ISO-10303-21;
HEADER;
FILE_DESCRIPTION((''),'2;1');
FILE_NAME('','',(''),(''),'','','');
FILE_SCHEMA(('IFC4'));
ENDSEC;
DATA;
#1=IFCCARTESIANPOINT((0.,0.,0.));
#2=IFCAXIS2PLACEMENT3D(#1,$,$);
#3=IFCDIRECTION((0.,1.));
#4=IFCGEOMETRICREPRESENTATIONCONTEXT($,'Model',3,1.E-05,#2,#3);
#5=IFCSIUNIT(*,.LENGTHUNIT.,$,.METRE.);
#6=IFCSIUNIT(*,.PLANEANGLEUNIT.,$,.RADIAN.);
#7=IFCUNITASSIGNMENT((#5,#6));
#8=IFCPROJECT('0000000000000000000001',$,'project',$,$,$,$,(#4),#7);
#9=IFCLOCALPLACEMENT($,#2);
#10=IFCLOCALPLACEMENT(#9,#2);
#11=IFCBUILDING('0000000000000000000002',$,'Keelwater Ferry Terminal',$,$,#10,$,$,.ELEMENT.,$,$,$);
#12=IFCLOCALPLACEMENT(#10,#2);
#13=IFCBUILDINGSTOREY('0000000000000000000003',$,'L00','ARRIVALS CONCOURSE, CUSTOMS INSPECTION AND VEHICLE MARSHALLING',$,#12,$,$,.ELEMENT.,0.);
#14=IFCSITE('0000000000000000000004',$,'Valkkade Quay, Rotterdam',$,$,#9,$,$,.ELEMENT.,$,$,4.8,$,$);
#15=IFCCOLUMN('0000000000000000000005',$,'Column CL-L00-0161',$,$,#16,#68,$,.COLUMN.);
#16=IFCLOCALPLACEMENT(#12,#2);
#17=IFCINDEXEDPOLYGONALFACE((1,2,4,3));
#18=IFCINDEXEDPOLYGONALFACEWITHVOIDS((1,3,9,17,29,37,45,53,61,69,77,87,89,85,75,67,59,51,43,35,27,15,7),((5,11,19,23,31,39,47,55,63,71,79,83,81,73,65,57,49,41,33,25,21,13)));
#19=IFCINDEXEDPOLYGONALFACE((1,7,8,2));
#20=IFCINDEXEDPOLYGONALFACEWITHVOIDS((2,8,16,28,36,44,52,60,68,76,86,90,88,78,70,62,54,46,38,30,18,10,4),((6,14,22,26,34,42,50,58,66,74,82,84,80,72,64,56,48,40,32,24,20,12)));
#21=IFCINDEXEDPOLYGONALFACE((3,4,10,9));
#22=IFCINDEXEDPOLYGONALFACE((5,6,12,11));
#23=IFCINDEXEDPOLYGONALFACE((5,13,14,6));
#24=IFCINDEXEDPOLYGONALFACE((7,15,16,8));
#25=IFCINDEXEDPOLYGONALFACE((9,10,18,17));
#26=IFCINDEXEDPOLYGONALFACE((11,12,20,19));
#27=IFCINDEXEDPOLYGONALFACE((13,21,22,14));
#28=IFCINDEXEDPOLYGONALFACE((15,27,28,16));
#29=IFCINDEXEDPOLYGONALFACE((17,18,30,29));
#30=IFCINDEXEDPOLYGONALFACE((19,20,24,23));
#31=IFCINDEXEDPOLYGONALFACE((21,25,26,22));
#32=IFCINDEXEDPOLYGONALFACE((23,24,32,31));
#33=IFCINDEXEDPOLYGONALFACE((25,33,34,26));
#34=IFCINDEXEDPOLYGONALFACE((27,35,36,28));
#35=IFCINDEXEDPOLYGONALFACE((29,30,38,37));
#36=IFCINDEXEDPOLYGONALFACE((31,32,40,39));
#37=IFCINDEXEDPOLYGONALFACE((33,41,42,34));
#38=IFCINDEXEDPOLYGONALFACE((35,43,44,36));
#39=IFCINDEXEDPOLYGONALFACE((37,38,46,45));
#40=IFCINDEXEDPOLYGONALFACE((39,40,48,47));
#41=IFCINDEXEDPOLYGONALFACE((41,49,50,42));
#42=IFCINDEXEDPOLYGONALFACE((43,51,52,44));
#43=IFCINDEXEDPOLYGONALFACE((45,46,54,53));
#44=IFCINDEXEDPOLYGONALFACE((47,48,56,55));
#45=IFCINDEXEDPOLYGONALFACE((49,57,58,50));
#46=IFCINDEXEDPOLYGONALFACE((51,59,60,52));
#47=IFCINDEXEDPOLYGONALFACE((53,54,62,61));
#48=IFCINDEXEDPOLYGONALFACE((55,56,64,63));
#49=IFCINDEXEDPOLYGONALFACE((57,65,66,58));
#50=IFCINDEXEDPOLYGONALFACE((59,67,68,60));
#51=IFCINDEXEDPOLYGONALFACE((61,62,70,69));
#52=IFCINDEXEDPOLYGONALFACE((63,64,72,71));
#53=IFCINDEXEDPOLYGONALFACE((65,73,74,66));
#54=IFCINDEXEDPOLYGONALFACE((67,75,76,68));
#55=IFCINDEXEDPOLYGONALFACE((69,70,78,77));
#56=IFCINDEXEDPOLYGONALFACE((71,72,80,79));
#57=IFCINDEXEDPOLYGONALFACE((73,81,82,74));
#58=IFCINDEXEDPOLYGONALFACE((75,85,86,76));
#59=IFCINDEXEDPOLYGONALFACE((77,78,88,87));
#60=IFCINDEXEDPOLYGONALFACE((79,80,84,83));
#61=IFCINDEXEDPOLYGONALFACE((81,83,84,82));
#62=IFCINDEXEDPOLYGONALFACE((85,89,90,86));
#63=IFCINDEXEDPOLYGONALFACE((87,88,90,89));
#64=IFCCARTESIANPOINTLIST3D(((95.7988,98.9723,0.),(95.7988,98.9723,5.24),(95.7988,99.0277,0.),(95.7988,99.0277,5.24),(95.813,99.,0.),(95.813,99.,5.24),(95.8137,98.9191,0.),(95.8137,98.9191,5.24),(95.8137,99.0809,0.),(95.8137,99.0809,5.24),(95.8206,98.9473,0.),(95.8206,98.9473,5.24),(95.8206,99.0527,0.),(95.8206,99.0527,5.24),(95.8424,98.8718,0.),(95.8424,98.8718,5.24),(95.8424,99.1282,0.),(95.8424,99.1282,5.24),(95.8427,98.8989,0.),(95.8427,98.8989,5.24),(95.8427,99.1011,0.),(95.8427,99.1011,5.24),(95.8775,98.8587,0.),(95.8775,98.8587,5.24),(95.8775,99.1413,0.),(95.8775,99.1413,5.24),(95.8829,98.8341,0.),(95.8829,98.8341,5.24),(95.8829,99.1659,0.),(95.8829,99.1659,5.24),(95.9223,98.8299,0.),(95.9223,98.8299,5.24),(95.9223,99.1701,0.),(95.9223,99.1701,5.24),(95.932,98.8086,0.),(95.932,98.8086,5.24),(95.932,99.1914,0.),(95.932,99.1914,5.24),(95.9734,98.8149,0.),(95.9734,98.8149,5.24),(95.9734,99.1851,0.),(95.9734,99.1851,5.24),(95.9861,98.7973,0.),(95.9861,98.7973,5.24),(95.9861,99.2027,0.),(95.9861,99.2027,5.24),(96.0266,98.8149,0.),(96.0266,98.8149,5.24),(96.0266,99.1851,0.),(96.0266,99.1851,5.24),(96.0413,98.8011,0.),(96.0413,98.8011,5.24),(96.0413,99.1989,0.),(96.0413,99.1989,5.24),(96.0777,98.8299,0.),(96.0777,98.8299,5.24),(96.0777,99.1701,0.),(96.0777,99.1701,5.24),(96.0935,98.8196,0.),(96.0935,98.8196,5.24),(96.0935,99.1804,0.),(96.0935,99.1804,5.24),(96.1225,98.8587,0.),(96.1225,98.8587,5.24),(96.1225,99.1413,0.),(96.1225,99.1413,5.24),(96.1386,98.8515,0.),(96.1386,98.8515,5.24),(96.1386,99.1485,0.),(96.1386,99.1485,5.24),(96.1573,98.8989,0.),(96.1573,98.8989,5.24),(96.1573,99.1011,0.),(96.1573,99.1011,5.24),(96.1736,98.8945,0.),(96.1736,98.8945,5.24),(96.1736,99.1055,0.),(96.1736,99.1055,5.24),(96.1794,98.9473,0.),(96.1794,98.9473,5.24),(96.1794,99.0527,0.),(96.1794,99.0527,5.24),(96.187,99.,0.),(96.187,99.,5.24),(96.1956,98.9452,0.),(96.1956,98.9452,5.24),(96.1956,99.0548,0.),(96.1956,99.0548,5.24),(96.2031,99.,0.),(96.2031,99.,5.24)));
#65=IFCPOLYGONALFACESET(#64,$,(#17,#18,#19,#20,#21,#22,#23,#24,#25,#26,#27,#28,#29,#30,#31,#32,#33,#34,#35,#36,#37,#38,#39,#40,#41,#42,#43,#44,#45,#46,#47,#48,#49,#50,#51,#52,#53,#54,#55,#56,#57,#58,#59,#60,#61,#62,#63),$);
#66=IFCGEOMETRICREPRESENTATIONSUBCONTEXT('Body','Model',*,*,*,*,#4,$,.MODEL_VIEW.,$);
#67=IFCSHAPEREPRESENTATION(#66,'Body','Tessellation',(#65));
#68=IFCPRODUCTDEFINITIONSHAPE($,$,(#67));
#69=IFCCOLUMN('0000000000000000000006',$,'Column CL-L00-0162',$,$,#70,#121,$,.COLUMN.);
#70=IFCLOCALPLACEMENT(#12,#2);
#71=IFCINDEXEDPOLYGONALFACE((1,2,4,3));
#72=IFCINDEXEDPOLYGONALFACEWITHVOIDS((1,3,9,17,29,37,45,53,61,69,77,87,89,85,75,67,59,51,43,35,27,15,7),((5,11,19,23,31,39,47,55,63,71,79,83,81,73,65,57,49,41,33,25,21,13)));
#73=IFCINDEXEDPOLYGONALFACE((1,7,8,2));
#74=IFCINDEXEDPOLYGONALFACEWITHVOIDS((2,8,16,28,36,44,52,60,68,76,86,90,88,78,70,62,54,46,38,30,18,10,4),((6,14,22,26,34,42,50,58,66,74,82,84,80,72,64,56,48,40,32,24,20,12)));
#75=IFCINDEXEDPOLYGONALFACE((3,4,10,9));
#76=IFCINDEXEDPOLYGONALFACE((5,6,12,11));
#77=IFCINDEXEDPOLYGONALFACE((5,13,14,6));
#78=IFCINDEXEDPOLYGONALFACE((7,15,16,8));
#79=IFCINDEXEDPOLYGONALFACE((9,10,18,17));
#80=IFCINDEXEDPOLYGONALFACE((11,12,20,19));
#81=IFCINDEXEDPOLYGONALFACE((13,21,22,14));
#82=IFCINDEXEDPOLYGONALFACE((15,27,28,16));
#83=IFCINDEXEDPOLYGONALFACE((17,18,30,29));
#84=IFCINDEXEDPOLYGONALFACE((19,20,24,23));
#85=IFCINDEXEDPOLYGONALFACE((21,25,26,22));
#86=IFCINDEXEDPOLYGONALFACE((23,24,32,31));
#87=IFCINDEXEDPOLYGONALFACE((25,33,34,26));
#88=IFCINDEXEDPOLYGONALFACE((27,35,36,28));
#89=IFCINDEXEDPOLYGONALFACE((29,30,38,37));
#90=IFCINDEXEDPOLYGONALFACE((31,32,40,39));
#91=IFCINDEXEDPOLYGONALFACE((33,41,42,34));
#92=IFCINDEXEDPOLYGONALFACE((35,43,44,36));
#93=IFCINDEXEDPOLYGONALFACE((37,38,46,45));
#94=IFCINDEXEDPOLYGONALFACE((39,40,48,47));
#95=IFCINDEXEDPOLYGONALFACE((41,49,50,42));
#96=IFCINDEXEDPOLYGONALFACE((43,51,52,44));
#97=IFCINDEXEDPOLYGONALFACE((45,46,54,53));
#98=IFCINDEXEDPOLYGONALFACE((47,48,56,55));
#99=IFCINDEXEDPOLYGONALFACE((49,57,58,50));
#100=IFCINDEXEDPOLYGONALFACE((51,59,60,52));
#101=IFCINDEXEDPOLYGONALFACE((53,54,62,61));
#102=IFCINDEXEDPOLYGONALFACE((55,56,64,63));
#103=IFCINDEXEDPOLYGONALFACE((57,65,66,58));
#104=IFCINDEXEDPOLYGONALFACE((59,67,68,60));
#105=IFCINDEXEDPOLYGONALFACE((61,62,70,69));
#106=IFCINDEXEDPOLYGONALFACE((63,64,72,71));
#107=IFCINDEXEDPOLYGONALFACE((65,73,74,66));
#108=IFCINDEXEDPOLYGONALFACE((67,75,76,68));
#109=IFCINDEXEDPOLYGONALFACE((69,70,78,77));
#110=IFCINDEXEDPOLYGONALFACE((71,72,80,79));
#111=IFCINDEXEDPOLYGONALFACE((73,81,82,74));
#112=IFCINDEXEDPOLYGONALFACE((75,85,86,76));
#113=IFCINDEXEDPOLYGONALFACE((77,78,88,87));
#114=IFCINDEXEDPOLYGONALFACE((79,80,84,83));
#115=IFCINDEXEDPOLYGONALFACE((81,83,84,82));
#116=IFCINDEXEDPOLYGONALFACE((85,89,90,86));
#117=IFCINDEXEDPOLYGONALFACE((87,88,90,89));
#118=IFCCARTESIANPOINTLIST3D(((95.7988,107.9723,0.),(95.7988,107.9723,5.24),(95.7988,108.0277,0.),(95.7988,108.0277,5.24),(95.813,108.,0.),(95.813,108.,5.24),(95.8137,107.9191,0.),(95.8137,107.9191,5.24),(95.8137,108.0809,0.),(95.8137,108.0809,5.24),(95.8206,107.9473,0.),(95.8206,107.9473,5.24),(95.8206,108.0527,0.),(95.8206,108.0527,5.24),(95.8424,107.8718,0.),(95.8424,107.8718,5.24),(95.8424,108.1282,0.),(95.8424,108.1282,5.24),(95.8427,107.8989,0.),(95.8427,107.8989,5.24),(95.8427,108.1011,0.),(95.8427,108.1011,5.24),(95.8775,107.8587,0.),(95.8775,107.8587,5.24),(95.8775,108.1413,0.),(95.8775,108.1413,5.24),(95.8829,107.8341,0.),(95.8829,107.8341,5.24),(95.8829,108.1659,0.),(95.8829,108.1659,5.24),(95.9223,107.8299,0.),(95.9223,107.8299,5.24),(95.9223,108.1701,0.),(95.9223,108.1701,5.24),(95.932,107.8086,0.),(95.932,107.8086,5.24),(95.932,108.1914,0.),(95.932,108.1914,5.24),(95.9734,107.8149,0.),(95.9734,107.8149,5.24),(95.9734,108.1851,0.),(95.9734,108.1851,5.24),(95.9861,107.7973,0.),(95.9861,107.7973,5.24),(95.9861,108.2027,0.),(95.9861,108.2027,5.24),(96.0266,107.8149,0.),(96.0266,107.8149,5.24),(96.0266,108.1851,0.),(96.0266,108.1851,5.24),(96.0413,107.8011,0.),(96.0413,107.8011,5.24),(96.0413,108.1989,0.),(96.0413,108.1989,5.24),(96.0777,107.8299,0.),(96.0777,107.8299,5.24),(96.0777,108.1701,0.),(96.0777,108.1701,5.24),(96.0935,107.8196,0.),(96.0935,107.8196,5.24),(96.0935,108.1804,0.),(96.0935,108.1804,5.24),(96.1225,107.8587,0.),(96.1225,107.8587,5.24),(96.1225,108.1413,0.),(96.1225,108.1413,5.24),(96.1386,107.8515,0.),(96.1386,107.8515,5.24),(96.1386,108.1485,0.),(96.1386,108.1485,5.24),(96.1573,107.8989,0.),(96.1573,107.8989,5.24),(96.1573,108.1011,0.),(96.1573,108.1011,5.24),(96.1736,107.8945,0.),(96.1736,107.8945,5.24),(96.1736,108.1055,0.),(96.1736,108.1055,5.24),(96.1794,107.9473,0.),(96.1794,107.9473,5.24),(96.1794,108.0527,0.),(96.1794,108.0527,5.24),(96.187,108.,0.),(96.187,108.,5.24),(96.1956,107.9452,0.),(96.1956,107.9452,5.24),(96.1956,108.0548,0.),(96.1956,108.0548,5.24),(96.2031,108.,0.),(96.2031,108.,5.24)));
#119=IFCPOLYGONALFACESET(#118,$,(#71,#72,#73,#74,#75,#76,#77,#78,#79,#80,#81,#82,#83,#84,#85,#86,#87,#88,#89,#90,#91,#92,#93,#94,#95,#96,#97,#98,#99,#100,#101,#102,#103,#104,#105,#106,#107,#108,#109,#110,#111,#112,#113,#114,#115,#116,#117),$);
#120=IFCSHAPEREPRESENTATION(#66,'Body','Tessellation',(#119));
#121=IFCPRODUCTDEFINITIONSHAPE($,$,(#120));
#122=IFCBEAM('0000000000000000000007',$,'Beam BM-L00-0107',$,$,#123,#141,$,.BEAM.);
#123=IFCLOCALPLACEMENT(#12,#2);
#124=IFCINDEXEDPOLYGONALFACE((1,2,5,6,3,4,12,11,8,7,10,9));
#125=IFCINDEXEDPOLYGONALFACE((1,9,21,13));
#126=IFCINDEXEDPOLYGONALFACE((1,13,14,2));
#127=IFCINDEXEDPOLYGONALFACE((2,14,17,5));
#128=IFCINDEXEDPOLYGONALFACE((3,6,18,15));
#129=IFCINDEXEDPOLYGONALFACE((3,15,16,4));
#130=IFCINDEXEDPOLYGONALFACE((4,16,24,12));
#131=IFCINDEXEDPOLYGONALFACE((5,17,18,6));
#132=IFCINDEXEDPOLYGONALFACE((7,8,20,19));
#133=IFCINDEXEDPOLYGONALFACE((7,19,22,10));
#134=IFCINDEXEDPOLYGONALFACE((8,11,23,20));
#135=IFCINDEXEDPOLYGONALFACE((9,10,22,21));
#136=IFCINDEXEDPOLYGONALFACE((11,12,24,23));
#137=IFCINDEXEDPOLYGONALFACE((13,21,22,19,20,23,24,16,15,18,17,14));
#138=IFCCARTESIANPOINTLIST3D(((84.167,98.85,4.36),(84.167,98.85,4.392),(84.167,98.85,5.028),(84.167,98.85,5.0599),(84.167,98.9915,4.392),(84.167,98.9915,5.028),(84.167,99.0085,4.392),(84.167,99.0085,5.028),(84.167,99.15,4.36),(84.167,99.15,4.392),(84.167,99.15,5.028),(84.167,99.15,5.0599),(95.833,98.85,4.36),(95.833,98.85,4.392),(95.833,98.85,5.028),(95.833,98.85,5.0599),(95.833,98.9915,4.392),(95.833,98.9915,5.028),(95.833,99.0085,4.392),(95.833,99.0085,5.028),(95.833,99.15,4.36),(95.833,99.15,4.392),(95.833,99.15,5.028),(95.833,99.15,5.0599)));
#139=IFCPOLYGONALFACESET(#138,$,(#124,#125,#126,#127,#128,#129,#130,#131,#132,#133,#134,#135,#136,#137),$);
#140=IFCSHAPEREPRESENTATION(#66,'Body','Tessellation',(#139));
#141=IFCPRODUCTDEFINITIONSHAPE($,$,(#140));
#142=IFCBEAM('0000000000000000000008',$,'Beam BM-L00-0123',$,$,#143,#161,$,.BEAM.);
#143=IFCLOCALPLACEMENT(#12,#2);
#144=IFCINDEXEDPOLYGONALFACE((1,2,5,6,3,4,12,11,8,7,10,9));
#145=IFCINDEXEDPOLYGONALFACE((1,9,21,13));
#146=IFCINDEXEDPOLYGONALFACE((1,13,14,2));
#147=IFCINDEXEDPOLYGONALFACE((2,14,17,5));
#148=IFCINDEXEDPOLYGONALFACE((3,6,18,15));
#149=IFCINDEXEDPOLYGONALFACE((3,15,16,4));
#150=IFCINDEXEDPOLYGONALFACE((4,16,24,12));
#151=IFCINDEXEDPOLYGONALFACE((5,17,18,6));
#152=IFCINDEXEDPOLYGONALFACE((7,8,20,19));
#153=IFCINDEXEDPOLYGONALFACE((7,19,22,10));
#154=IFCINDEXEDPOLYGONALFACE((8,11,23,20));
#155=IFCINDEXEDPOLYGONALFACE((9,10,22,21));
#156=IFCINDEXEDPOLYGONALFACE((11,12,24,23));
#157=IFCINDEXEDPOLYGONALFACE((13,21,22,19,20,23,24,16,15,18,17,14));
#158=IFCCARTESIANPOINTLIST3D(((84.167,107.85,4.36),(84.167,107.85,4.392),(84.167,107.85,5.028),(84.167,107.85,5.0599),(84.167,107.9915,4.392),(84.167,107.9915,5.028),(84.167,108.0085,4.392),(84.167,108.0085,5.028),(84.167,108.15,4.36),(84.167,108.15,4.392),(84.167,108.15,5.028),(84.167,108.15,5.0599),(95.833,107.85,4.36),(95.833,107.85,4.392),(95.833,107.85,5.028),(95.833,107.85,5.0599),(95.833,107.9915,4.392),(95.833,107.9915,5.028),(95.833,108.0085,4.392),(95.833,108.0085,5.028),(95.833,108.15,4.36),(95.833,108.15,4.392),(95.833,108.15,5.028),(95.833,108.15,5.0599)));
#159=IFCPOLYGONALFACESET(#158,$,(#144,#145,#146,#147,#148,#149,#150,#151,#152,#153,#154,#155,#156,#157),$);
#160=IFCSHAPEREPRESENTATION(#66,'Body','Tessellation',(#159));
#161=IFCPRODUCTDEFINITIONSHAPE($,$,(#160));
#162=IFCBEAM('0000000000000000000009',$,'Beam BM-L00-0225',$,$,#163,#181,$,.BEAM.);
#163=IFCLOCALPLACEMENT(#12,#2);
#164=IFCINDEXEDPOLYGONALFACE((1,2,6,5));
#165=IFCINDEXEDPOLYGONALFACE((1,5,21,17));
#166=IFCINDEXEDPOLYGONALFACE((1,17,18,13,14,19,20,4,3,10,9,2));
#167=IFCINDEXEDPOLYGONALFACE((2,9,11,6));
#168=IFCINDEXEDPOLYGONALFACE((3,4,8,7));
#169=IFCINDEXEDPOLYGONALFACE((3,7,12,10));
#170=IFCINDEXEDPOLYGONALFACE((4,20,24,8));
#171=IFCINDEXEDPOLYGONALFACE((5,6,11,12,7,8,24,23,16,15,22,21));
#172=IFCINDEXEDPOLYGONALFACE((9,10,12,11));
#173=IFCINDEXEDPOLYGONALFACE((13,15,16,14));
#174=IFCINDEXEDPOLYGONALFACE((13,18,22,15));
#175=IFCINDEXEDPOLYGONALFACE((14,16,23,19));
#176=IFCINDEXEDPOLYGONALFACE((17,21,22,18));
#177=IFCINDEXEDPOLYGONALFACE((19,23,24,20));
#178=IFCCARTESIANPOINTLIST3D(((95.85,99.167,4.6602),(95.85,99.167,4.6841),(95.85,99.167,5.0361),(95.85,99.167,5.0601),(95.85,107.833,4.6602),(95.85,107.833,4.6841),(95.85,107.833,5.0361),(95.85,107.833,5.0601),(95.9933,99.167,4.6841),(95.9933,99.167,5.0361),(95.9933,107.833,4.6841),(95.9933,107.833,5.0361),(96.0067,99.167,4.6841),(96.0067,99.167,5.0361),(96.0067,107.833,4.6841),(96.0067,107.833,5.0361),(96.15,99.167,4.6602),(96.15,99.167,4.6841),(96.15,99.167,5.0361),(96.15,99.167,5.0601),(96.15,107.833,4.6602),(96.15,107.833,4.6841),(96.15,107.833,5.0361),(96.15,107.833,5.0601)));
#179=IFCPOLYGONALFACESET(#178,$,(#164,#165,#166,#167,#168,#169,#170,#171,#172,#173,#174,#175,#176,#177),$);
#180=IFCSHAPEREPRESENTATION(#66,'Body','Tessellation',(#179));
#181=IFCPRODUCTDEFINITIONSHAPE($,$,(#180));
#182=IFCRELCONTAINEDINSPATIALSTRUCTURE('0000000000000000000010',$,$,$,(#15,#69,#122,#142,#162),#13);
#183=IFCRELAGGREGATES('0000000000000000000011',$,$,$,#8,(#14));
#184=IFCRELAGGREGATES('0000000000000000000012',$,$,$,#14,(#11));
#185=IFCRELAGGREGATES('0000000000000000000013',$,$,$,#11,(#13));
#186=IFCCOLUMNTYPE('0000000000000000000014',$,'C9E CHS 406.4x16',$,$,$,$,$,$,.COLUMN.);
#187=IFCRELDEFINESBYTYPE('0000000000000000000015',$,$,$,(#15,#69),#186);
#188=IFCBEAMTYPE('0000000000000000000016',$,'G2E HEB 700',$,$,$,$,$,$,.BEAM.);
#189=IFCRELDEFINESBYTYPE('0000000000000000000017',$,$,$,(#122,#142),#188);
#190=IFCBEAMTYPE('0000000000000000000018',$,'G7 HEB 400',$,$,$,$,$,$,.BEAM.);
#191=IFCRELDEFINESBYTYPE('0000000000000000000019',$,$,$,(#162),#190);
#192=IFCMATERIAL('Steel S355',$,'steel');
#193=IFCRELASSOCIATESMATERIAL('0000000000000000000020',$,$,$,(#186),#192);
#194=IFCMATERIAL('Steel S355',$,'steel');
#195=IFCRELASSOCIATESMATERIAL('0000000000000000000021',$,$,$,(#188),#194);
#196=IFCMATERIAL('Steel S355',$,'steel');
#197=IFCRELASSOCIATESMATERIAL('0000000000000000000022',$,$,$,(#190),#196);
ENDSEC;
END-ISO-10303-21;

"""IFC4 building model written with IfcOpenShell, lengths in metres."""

from ifc_helpers import new_model, si_unit, direction, frame, origin, origin_2d, place, context, subcontext, project, spatial, hollow_circle, i_section, extrude, material, material_profile, profile_set, type_object, element, save


model = new_model("IFC4")

# Units and contexts
model_context = context("Model", 3, precision=1e-05, world=origin(), true_north=direction((0.0, 1.0)))
body_context = subcontext(model_context, "Body", "Model", "MODEL_VIEW")
ifc_project = project(units=[si_unit("LENGTHUNIT", "METRE"), si_unit("PLANEANGLEUNIT", "RADIAN")], contexts=[model_context])

# Site, building, storey
site_placement = place(None, origin())
site = spatial("IfcSite", under=ifc_project, at=site_placement, Name="Valkkade Quay, Rotterdam", CompositionType="ELEMENT", RefElevation=4.8)
building_placement = place(site_placement, origin())
building = spatial("IfcBuilding", under=site, at=building_placement, Name="Keelwater Ferry Terminal", CompositionType="ELEMENT")
storey_placement = place(building_placement, origin())
storey = spatial("IfcBuildingStorey", under=building, at=storey_placement, Name="L00", Description="ARRIVALS CONCOURSE, CUSTOMS INSPECTION AND VEHICLE MARSHALLING", CompositionType="ELEMENT", Elevation=0.0)

# Columns
ifc_material_1 = material(Name="Steel S355", Category="steel")
ifc_material_profile_1 = material_profile(ifc_material_1, hollow_circle(Radius=0.2031, WallThickness=0.0161, at=origin_2d()), Name="CHS 406.4x16")
ifc_profile_set_1 = profile_set([ifc_material_profile_1], Name="Steel S355")
column_type = type_object("IfcColumnType", Name="C9E CHS 406.4x16", PredefinedType="COLUMN", material=ifc_profile_set_1)
for number, where, z_axis, x_axis, name in (
    (1, (96.0, 99.0, 0.0), (0.0, 0.0, 1.0), (1.0, 0.0, 0.0), "Column CL-L00-0161"),
    (2, (96.0, 108.0, 0.0), (0.0, 0.0, 1.0), (1.0, 0.0, 0.0), "Column CL-L00-0162"),
):
    element("IfcColumn", number, at=place(storey_placement, frame(where, z_axis=z_axis, x_axis=x_axis)), inside=storey, type_object=column_type, Name=name, PredefinedType="COLUMN", context=body_context, shape_type="SweptSolid", body=[
        extrude(hollow_circle(Radius=0.2031, WallThickness=0.0161, at=origin_2d()), origin(), (0.0, 0.0, 1.0), 5.24),
    ])

# Beams
ifc_material_2 = material(Name="Steel S355", Category="steel")
ifc_material_profile_2 = material_profile(ifc_material_2, i_section(OverallWidth=0.3, OverallDepth=0.7, WebThickness=0.0171, FlangeThickness=0.032, at=origin_2d()), Name="HEB 700")
ifc_profile_set_2 = profile_set([ifc_material_profile_2], Name="Steel S355")
beam_type_1 = type_object("IfcBeamType", Name="G2E HEB 700", PredefinedType="BEAM", material=ifc_profile_set_2)
for number, where, z_axis, x_axis, name in (
    (3, (84.167, 99.0, 4.71), (1.0, 0.0, 0.0), (0.0, 1.0, 0.0), "Beam BM-L00-0107"),
    (4, (84.167, 108.0, 4.71), (1.0, 0.0, 0.0), (0.0, 1.0, 0.0), "Beam BM-L00-0123"),
):
    element("IfcBeam", number, at=place(storey_placement, frame(where, z_axis=z_axis, x_axis=x_axis)), inside=storey, type_object=beam_type_1, Name=name, PredefinedType="BEAM", context=body_context, shape_type="SweptSolid", body=[
        extrude(i_section(OverallWidth=0.3, OverallDepth=0.7, WebThickness=0.0171, FlangeThickness=0.032, at=origin_2d()), origin(), (0.0, 0.0, 1.0), 11.666),
    ])
ifc_material_3 = material(Name="Steel S355", Category="steel")
ifc_material_profile_3 = material_profile(ifc_material_3, i_section(OverallWidth=0.3, OverallDepth=0.3999, WebThickness=0.0134, FlangeThickness=0.0239, at=origin_2d()), Name="HEB 400")
ifc_profile_set_3 = profile_set([ifc_material_profile_3], Name="Steel S355")
beam_type_2 = type_object("IfcBeamType", Name="G7 HEB 400", PredefinedType="BEAM", material=ifc_profile_set_3)
beam_1_placement = place(storey_placement, frame((96.0, 99.167, 4.8601), z_axis=(0.0, 1.0, 0.0), x_axis=(-1.0, 0.0, 0.0)))
element("IfcBeam", 5, at=beam_1_placement, inside=storey, type_object=beam_type_2, Name="Beam BM-L00-0225", PredefinedType="BEAM", context=body_context, shape_type="SweptSolid", body=[
    extrude(i_section(OverallWidth=0.3, OverallDepth=0.3999, WebThickness=0.0134, FlangeThickness=0.0239, at=origin_2d()), origin(), (0.0, 0.0, 1.0), 8.666),
])

save(model, "model.ifc")
